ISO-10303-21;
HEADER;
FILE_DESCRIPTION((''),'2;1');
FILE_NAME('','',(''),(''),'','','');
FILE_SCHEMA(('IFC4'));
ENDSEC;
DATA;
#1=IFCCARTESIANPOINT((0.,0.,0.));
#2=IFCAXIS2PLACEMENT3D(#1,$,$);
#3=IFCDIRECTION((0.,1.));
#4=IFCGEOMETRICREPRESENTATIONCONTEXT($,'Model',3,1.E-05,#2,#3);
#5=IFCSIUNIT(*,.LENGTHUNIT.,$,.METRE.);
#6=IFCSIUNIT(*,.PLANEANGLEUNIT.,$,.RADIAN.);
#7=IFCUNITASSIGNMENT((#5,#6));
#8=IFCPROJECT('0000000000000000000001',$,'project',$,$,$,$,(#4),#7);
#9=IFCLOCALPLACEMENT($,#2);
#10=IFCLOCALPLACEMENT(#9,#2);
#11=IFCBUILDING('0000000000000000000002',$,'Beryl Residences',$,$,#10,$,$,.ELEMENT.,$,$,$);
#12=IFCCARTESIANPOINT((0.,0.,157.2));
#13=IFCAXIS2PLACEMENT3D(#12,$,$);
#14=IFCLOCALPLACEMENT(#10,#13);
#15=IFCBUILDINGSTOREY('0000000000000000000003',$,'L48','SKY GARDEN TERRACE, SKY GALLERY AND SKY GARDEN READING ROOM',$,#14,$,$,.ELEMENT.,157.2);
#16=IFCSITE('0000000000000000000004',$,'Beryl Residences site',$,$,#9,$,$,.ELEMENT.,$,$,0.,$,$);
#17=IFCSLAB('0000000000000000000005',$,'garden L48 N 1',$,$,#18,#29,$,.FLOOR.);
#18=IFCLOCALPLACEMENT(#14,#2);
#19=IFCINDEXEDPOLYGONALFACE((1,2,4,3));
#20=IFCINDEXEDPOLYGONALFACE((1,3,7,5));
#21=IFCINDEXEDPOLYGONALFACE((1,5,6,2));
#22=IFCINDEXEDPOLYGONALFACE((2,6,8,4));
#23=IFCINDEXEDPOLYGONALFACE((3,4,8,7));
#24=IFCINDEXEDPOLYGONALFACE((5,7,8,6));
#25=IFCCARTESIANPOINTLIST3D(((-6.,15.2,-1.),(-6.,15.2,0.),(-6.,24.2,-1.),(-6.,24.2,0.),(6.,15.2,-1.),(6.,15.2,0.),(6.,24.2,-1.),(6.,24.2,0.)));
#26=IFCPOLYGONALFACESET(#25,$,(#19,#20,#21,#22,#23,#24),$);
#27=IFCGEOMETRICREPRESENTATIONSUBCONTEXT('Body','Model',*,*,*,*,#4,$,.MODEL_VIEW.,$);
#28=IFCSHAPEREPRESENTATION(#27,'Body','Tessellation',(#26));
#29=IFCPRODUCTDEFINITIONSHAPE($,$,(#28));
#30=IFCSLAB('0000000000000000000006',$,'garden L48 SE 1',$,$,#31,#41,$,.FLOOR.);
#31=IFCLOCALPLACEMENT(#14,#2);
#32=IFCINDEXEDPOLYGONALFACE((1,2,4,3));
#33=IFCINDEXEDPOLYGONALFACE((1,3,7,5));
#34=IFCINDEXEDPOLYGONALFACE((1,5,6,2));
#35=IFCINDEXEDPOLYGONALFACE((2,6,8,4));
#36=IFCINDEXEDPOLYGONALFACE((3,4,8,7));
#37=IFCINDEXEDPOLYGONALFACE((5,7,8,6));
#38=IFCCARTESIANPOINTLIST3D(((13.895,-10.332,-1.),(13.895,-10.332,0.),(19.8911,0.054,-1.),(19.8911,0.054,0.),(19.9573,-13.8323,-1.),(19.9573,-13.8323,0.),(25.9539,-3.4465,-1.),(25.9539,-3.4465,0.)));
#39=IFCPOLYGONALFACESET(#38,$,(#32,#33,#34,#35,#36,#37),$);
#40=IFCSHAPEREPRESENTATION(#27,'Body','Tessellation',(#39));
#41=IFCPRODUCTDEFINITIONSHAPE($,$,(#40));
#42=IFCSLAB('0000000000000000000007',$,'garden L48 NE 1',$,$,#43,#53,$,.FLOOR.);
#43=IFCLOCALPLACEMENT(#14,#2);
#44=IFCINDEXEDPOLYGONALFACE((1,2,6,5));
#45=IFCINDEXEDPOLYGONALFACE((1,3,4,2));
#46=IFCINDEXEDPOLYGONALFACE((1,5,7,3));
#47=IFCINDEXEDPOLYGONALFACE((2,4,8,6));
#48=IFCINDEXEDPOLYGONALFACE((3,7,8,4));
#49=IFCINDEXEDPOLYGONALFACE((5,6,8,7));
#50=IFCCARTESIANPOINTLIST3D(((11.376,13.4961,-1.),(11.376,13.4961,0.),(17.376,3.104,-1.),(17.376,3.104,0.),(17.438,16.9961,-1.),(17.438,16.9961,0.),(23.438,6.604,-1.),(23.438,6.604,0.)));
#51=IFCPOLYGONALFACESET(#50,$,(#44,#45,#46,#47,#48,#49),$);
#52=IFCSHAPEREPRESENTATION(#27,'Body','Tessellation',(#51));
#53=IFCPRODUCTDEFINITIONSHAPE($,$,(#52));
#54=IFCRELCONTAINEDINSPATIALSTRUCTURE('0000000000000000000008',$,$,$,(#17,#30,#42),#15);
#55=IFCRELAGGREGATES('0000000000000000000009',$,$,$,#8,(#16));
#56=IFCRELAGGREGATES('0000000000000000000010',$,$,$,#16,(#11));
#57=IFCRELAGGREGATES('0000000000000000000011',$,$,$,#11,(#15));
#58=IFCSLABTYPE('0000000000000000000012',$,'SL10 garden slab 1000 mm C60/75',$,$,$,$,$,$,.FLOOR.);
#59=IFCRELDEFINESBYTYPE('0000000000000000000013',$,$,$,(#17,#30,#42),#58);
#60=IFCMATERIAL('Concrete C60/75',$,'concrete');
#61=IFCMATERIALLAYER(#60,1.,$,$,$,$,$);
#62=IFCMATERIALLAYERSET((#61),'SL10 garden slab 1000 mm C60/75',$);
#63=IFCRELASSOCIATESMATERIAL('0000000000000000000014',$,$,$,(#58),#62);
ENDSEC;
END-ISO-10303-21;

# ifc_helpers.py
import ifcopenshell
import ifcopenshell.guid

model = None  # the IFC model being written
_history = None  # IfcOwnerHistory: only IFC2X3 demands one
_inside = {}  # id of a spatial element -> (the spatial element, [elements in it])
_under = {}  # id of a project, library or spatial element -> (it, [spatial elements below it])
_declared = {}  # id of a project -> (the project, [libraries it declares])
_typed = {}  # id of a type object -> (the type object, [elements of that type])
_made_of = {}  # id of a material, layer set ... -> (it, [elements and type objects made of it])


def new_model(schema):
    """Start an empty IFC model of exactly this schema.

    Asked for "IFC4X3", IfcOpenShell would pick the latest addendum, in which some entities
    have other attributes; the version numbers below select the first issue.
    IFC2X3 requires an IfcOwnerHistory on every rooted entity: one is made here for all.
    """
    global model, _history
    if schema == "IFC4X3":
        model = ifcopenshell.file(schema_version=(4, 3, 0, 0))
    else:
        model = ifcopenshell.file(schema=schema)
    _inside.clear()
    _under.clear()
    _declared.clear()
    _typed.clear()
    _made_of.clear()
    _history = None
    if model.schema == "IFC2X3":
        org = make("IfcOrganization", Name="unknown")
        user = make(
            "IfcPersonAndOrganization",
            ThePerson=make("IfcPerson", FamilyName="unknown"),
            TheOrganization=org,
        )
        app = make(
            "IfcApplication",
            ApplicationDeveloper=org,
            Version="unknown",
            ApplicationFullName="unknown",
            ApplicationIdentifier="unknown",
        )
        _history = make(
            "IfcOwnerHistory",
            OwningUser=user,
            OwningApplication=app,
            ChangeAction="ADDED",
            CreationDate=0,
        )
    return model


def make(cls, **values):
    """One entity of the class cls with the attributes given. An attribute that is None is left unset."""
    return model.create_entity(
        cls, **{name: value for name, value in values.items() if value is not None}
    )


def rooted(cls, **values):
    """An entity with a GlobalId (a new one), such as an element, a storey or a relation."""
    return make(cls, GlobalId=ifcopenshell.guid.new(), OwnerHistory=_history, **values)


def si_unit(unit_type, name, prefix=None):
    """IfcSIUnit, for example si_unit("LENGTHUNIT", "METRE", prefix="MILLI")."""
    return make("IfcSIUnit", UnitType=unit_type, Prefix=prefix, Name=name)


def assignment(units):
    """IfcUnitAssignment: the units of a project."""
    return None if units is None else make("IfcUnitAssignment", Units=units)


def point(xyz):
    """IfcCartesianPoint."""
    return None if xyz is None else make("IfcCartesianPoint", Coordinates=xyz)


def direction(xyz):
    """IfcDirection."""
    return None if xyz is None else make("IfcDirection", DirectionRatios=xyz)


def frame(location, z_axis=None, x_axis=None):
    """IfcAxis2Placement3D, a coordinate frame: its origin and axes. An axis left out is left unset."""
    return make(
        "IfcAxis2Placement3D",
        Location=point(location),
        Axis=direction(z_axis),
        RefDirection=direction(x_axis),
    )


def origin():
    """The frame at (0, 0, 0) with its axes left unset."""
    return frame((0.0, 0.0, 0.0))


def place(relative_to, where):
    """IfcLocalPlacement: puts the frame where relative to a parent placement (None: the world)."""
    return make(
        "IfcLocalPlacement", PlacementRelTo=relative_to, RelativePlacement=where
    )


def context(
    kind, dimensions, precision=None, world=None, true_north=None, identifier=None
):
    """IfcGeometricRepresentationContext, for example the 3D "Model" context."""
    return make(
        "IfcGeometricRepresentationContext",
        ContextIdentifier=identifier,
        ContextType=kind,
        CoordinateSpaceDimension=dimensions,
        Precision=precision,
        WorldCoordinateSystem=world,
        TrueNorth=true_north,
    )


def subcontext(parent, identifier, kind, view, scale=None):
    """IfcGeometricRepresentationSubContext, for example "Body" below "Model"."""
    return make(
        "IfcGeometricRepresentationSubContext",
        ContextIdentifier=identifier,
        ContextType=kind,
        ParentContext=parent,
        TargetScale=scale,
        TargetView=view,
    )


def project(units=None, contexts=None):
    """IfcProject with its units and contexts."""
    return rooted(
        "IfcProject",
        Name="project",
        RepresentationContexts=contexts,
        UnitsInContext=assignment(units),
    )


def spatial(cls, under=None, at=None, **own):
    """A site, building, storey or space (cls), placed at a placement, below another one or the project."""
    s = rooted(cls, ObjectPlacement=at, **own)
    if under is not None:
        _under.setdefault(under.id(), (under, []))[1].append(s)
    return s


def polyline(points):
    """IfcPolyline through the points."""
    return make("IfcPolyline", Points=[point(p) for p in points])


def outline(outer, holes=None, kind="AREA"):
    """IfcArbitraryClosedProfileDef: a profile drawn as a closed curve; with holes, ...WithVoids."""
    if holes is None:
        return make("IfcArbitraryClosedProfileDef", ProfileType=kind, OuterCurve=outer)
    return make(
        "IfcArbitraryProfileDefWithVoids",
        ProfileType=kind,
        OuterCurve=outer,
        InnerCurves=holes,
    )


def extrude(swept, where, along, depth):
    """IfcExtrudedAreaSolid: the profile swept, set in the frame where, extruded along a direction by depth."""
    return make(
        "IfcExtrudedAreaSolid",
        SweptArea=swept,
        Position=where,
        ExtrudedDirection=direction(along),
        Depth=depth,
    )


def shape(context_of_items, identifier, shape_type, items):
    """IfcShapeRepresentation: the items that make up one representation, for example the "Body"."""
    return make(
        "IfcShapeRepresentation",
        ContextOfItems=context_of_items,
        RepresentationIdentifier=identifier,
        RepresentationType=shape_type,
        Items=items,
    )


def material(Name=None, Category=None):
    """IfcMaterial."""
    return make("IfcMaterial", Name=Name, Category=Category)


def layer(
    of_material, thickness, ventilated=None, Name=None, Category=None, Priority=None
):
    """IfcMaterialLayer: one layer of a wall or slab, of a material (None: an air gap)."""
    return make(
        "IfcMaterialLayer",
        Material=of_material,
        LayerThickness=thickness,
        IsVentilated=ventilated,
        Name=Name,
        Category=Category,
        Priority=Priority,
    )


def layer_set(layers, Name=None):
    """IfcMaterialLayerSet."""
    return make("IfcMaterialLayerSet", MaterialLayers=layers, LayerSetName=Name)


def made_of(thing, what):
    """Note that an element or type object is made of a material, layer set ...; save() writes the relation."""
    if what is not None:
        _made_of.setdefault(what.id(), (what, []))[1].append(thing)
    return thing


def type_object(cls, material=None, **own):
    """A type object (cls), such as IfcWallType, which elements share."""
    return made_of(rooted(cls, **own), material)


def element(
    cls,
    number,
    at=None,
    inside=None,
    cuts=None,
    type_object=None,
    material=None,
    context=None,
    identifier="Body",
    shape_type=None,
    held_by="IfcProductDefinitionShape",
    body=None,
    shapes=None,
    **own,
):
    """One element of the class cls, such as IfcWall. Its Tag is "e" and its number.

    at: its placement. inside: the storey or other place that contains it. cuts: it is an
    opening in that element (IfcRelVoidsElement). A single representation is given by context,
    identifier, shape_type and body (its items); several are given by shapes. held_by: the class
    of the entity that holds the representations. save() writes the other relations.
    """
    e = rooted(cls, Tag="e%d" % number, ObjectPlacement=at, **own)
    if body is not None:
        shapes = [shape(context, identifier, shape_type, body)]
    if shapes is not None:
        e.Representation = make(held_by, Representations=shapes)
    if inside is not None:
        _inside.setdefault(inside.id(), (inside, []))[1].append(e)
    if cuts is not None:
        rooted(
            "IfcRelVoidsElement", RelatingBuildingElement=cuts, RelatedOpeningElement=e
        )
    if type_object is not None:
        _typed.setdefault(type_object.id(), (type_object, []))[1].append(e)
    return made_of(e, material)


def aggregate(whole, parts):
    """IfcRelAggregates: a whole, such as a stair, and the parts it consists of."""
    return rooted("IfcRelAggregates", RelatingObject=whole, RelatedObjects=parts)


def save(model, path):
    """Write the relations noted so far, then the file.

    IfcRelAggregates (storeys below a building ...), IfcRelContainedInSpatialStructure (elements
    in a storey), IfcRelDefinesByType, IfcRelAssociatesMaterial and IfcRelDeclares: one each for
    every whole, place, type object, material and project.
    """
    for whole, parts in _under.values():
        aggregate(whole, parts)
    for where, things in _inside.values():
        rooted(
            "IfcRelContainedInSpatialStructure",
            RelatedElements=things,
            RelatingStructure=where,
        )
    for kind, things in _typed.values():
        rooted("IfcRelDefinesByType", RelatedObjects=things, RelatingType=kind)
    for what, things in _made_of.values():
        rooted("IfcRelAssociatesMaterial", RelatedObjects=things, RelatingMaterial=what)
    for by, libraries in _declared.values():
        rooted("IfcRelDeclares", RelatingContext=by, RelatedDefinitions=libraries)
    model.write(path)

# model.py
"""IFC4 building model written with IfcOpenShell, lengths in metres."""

from ifc_helpers import new_model, si_unit, direction, frame, origin, place, context, subcontext, project, spatial, polyline, outline, extrude, material, layer, layer_set, type_object, element, save


model = new_model("IFC4")

# Units and contexts
model_context = context("Model", 3, precision=1e-05, world=origin(), true_north=direction((0.0, 1.0)))
body_context = subcontext(model_context, "Body", "Model", "MODEL_VIEW")
ifc_project = project(units=[si_unit("LENGTHUNIT", "METRE"), si_unit("PLANEANGLEUNIT", "RADIAN")], contexts=[model_context])

# Site, building, storey
site_placement = place(None, origin())
site = spatial("IfcSite", under=ifc_project, at=site_placement, Name="Beryl Residences site", CompositionType="ELEMENT", RefElevation=0.0)
building_placement = place(site_placement, origin())
building = spatial("IfcBuilding", under=site, at=building_placement, Name="Beryl Residences", CompositionType="ELEMENT")
storey_placement = place(building_placement, frame((0.0, 0.0, 157.2)))
storey = spatial("IfcBuildingStorey", under=building, at=storey_placement, Name="L48", Description="SKY GARDEN TERRACE, SKY GALLERY AND SKY GARDEN READING ROOM", CompositionType="ELEMENT", Elevation=157.2)

# Slabs
ifc_material_1 = material(Name="Concrete C60/75", Category="concrete")
ifc_layer_1 = layer(ifc_material_1, 1.0)
ifc_layer_set_1 = layer_set([ifc_layer_1], Name="SL10 garden slab 1000 mm C60/75")
slab_type_1 = type_object("IfcSlabType", Name="SL10 garden slab 1000 mm C60/75", PredefinedType="FLOOR", material=ifc_layer_set_1)
slab_1_placement = place(storey_placement, frame((0.0, 0.0, -1.0)))
element("IfcSlab", 1, at=slab_1_placement, inside=storey, type_object=slab_type_1, Name="garden L48 N 1", PredefinedType="FLOOR", context=body_context, shape_type="SweptSolid", body=[
    extrude(outline(polyline([(-6.0, 24.2), (6.0, 24.2), (6.0, 15.2), (-6.0, 15.2), (-6.0, 24.2)])), origin(), (0.0, 0.0, 1.0), 1.0),
])
slab_2_placement = place(storey_placement, frame((0.0, 0.0, -1.0)))
element("IfcSlab", 2, at=slab_2_placement, inside=storey, type_object=slab_type_1, Name="garden L48 SE 1", PredefinedType="FLOOR", context=body_context, shape_type="SweptSolid", body=[
    extrude(outline(polyline([(25.9539, -3.4465), (19.9573, -13.8323), (13.895, -10.332), (19.8911, 0.054), (25.9539, -3.4465)])), origin(), (0.0, 0.0, 1.0), 1.0),
])
slab_3_placement = place(storey_placement, frame((0.0, 0.0, -1.0)))
element("IfcSlab", 3, at=slab_3_placement, inside=storey, type_object=slab_type_1, Name="garden L48 NE 1", PredefinedType="FLOOR", context=body_context, shape_type="SweptSolid", body=[
    extrude(outline(polyline([(17.438, 16.9961), (23.438, 6.604), (17.376, 3.104), (11.376, 13.4961), (17.438, 16.9961)])), origin(), (0.0, 0.0, 1.0), 1.0),
])

save(model, "model.ifc")
